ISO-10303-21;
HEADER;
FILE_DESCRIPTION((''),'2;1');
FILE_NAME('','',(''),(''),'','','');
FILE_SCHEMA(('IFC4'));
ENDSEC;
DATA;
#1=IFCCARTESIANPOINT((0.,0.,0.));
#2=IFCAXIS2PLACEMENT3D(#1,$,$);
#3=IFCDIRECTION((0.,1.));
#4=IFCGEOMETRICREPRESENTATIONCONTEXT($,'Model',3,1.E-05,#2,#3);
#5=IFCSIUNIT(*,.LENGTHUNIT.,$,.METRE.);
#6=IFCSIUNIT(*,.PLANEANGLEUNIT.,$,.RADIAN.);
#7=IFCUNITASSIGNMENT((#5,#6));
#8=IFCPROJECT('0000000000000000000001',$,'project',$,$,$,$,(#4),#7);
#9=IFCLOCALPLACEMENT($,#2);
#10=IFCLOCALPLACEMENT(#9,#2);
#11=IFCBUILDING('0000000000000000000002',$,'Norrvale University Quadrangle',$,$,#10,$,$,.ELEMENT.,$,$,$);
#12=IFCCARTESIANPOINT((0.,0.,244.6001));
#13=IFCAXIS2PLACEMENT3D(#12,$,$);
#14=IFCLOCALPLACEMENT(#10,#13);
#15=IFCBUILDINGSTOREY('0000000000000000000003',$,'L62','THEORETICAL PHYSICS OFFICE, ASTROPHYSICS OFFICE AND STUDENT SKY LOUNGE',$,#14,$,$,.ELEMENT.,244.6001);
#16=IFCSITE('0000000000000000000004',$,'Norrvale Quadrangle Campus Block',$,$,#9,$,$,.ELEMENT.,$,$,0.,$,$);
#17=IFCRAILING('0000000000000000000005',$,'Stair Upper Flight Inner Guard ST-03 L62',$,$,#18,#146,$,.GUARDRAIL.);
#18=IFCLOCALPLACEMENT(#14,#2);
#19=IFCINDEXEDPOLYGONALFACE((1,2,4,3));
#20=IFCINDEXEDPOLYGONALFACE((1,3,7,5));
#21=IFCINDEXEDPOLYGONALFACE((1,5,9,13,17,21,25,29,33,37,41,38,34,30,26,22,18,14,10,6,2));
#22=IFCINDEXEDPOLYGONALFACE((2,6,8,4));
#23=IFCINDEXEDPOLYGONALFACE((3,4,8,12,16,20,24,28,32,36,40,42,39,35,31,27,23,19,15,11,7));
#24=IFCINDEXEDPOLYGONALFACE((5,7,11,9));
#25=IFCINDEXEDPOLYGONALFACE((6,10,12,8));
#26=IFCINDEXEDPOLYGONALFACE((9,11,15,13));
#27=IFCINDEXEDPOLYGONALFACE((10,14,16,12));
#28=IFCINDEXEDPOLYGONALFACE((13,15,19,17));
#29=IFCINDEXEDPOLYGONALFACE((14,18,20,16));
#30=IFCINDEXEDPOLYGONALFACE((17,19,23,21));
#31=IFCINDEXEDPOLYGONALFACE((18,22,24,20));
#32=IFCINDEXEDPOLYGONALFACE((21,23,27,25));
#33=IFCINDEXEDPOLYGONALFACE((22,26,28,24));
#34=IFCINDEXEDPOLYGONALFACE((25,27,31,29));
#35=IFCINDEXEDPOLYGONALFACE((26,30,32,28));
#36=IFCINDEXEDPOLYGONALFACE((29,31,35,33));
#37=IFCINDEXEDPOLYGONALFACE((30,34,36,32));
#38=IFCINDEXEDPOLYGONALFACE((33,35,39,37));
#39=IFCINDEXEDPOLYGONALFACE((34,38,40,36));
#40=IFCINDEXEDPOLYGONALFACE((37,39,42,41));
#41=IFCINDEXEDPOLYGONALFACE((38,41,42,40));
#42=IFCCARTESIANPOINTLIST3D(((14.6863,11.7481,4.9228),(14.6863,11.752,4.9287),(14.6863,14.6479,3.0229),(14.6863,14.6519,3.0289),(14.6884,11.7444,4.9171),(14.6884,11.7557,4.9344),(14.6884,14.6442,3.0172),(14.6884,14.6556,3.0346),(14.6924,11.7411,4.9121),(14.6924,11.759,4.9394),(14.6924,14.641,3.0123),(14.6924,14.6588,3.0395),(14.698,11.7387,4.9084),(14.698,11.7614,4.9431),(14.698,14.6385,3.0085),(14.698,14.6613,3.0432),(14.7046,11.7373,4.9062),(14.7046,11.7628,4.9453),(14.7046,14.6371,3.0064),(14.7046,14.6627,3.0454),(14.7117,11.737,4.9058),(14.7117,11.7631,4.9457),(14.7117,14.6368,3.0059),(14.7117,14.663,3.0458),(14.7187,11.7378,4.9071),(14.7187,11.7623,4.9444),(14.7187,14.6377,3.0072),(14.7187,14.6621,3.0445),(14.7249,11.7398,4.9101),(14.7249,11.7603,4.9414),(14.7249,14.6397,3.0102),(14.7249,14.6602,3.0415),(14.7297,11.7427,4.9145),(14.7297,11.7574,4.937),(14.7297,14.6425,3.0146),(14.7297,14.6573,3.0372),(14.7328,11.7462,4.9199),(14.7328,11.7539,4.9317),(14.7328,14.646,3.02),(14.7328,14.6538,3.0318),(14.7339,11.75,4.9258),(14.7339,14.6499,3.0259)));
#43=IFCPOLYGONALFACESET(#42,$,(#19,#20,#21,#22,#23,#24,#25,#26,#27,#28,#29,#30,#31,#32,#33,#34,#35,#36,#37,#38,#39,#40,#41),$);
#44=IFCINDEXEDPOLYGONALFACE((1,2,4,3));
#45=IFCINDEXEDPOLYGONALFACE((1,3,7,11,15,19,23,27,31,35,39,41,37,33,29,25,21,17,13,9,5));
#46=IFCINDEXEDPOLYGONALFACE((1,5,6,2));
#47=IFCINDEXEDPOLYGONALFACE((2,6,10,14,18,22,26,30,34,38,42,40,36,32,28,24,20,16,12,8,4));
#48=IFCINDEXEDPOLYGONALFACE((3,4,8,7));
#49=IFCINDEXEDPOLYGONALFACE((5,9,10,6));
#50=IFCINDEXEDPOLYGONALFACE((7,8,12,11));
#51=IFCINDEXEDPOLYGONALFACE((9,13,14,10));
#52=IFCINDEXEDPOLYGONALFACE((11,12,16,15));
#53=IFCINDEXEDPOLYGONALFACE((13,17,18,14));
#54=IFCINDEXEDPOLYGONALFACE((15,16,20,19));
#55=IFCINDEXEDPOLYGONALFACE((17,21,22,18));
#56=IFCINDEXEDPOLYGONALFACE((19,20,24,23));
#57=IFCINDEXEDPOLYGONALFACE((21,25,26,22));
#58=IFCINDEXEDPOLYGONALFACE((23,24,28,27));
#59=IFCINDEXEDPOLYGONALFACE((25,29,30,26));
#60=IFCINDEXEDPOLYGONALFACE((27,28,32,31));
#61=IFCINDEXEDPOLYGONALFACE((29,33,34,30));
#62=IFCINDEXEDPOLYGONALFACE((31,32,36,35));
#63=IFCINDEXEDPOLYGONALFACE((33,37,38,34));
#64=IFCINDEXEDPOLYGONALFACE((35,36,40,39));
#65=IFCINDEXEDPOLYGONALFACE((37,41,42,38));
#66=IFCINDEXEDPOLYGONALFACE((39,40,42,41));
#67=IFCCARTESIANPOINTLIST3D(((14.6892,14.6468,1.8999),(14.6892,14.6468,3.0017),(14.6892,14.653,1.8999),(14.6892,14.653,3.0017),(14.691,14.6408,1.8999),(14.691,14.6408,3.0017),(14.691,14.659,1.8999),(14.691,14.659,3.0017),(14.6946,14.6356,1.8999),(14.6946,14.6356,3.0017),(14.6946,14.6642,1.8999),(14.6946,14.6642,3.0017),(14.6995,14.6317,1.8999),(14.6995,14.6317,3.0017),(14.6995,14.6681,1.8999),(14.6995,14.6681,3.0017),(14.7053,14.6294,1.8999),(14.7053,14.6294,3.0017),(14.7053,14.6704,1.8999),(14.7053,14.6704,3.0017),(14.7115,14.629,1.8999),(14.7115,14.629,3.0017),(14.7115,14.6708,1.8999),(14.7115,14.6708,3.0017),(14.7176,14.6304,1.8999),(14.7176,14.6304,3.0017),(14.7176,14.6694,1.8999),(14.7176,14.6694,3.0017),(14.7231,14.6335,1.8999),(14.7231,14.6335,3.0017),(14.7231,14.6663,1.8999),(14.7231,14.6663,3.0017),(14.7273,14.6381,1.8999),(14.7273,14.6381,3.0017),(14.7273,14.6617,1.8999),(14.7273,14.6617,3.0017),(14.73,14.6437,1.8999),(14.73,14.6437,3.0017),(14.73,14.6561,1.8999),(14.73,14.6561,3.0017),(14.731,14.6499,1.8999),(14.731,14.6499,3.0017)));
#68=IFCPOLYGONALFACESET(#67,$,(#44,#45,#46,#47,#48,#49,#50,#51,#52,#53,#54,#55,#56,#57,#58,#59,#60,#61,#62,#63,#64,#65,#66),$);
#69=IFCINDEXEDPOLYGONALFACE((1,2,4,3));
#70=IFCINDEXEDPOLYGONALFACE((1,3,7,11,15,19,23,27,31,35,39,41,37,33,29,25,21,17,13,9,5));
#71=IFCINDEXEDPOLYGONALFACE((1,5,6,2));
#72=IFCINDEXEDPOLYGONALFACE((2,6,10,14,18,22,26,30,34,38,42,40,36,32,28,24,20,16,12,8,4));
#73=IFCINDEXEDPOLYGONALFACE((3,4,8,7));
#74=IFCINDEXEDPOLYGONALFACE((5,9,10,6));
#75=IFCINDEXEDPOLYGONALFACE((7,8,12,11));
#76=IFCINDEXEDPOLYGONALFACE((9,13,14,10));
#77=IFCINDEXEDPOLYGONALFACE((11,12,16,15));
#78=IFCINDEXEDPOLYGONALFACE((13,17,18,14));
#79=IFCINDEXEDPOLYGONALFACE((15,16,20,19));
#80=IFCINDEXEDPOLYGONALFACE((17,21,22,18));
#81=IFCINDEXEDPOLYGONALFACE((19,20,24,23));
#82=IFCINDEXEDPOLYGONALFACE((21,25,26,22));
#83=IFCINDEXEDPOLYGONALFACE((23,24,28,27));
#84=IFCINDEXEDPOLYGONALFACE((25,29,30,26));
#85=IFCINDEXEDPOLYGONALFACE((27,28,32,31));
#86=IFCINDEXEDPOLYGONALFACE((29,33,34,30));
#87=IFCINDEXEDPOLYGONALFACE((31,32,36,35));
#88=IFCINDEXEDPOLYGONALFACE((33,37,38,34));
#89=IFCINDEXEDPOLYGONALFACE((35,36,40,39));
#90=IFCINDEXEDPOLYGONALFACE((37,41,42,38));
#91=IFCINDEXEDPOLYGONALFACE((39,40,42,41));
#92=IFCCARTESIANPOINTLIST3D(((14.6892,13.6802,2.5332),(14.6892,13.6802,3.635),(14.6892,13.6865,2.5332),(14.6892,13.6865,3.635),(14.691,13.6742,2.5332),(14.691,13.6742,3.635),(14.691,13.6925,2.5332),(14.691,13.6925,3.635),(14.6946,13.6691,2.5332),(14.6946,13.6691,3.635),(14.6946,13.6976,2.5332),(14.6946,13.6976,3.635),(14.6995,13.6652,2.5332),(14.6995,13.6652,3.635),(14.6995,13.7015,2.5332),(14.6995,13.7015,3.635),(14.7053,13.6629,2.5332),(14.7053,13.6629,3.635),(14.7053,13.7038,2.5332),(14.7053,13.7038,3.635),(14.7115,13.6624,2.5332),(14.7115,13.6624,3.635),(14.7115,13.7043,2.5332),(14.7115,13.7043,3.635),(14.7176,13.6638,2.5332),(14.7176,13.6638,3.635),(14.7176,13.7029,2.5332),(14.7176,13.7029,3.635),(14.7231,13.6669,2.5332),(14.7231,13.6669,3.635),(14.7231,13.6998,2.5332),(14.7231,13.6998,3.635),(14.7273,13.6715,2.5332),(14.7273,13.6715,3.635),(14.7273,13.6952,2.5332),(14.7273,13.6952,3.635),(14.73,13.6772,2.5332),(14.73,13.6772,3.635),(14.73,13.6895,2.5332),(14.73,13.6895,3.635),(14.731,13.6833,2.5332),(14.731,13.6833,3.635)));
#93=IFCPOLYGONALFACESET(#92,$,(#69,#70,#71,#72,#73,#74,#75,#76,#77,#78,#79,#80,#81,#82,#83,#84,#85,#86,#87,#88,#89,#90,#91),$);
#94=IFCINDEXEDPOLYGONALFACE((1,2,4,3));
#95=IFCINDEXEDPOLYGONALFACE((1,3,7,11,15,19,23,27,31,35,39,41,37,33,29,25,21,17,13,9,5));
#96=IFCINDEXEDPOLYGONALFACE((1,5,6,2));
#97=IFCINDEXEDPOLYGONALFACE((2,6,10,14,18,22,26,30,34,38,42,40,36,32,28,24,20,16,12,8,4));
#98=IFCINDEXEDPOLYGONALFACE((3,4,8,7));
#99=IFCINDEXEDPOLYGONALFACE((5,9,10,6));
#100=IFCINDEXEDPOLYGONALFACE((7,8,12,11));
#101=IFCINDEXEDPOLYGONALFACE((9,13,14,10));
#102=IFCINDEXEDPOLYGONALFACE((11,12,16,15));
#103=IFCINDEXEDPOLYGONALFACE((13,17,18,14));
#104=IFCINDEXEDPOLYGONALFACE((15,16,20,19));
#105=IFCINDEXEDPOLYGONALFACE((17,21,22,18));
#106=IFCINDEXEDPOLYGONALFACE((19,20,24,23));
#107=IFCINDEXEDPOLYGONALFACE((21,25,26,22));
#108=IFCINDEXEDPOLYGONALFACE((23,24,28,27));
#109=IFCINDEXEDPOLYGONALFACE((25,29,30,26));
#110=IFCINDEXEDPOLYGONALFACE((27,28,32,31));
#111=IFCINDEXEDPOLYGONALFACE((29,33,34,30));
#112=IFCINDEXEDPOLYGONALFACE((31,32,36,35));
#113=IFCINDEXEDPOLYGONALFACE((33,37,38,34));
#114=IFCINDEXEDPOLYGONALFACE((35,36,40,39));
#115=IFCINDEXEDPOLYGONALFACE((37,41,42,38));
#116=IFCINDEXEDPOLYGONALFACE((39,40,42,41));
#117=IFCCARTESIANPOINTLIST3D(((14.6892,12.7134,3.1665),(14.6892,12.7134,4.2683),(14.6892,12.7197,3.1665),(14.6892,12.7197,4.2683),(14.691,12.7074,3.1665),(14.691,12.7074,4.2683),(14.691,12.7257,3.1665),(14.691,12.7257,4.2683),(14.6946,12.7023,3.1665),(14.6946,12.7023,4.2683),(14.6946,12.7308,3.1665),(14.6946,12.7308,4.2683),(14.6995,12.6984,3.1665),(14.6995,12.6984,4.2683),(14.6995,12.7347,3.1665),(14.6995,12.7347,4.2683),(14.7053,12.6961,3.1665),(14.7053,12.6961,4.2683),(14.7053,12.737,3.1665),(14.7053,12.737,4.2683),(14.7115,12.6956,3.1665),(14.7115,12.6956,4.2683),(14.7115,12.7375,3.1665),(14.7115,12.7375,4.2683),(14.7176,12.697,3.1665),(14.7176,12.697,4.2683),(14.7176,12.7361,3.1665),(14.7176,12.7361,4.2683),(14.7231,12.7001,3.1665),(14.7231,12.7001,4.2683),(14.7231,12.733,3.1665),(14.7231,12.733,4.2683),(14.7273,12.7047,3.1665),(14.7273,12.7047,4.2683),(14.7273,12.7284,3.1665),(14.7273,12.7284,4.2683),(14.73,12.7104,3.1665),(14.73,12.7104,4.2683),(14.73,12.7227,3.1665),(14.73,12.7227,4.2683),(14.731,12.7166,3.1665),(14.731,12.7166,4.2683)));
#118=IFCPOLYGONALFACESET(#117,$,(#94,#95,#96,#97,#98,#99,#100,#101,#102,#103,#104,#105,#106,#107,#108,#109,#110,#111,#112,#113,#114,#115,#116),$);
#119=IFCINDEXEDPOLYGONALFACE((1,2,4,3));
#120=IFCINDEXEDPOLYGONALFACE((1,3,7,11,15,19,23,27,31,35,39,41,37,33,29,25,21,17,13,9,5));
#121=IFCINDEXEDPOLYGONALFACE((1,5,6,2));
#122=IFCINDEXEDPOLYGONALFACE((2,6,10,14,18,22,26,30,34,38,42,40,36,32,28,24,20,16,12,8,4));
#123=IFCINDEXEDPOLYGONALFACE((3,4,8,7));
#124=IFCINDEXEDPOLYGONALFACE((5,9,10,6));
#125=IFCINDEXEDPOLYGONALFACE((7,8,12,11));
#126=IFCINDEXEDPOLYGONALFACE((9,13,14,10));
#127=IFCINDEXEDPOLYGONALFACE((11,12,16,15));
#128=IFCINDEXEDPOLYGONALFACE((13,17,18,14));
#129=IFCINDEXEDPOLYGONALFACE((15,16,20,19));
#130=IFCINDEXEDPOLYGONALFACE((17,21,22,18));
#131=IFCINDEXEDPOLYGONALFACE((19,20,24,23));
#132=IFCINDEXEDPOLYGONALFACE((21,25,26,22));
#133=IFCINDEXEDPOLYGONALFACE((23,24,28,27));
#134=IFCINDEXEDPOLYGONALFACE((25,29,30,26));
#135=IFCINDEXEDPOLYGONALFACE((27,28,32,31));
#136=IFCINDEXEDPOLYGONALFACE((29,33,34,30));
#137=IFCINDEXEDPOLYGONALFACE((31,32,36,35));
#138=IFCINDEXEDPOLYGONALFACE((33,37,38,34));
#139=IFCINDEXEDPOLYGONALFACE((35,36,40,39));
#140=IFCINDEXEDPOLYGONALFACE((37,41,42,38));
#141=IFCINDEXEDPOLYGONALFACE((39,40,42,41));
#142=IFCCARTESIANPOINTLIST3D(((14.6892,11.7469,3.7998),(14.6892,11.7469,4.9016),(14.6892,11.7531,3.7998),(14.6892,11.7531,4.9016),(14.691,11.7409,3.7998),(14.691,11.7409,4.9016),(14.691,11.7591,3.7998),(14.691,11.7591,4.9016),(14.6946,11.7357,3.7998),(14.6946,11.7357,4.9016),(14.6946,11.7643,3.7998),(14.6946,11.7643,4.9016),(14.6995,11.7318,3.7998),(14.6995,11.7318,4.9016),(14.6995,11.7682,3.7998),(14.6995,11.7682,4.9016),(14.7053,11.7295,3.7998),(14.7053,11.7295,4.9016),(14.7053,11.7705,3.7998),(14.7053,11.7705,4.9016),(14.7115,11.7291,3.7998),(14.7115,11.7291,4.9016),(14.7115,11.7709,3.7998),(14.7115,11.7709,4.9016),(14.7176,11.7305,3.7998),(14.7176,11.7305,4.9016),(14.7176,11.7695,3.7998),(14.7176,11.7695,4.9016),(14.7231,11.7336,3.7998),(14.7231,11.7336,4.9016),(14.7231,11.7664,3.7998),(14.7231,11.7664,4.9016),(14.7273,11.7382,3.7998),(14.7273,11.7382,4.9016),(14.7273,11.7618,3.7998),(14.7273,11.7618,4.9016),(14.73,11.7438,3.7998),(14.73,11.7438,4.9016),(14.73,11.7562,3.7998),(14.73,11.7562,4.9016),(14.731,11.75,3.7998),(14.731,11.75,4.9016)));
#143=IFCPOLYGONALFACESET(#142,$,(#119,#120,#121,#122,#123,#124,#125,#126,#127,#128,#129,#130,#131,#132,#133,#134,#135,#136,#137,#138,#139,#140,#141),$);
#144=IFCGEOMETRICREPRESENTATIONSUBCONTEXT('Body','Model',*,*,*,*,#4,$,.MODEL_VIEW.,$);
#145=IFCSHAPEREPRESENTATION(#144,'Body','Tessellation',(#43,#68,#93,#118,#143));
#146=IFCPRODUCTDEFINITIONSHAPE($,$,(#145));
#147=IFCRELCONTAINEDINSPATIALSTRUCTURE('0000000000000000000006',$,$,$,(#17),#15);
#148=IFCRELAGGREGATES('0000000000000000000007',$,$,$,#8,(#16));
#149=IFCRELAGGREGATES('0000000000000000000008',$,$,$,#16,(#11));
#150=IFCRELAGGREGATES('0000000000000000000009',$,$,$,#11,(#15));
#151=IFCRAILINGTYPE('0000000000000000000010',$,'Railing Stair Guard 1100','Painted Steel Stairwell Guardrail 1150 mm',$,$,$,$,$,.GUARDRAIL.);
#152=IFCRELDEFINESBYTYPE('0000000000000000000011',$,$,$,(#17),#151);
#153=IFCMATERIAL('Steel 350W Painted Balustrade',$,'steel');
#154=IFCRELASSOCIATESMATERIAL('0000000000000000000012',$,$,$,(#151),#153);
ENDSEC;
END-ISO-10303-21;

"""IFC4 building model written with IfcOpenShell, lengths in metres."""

from ifc_helpers import new_model, si_unit, direction, frame, origin, origin_2d, place, context, subcontext, project, spatial, circle, extrude, material, type_object, element, save


model = new_model("IFC4")

# Units and contexts
model_context = context("Model", 3, precision=1e-05, world=origin(), true_north=direction((0.0, 1.0)))
body_context = subcontext(model_context, "Body", "Model", "MODEL_VIEW")
ifc_project = project(units=[si_unit("LENGTHUNIT", "METRE"), si_unit("PLANEANGLEUNIT", "RADIAN")], contexts=[model_context])

# Site, building, storey
site_placement = place(None, origin())
site = spatial("IfcSite", under=ifc_project, at=site_placement, Name="Norrvale Quadrangle Campus Block", CompositionType="ELEMENT", RefElevation=0.0)
building_placement = place(site_placement, origin())
building = spatial("IfcBuilding", under=site, at=building_placement, Name="Norrvale University Quadrangle", CompositionType="ELEMENT")
storey_placement = place(building_placement, frame((0.0, 0.0, 244.6001)))
storey = spatial("IfcBuildingStorey", under=building, at=storey_placement, Name="L62", Description="THEORETICAL PHYSICS OFFICE, ASTROPHYSICS OFFICE AND STUDENT SKY LOUNGE", CompositionType="ELEMENT", Elevation=244.6001)

# Railing
ifc_material_1 = material(Name="Steel 350W Painted Balustrade", Category="steel")
railing_type_1 = type_object("IfcRailingType", Name="Railing Stair Guard 1100", Description="Painted Steel Stairwell Guardrail 1150 mm", PredefinedType="GUARDRAIL", material=ifc_material_1)
railing_1_placement = place(storey_placement, frame((14.71, 14.6499, 1.8999)))
element("IfcRailing", 1, at=railing_1_placement, inside=storey, type_object=railing_type_1, Name="Stair Upper Flight Inner Guard ST-03 L62", PredefinedType="GUARDRAIL", context=body_context, shape_type="SweptSolid", body=[
    extrude(circle(Radius=0.0239, at=origin_2d()), frame((0.0, 0.0, 1.126), z_axis=(0.0, -0.836466, 0.548019), x_axis=(1.0, 0.0, 0.0)), (0.0, 0.0, 1.0), 3.4668),
    extrude(circle(Radius=0.021, at=origin_2d()), origin(), (0.0, 0.0, 1.0), 1.1018),
    extrude(circle(Radius=0.021, at=origin_2d()), frame((0.0, -0.9666, 0.6333)), (0.0, 0.0, 1.0), 1.1018),
    extrude(circle(Radius=0.021, at=origin_2d()), frame((0.0, -1.9333, 1.2666)), (0.0, 0.0, 1.0), 1.1018),
    extrude(circle(Radius=0.021, at=origin_2d()), frame((0.0, -2.8999, 1.8999)), (0.0, 0.0, 1.0), 1.1018),
])

save(model, "model.ifc")
